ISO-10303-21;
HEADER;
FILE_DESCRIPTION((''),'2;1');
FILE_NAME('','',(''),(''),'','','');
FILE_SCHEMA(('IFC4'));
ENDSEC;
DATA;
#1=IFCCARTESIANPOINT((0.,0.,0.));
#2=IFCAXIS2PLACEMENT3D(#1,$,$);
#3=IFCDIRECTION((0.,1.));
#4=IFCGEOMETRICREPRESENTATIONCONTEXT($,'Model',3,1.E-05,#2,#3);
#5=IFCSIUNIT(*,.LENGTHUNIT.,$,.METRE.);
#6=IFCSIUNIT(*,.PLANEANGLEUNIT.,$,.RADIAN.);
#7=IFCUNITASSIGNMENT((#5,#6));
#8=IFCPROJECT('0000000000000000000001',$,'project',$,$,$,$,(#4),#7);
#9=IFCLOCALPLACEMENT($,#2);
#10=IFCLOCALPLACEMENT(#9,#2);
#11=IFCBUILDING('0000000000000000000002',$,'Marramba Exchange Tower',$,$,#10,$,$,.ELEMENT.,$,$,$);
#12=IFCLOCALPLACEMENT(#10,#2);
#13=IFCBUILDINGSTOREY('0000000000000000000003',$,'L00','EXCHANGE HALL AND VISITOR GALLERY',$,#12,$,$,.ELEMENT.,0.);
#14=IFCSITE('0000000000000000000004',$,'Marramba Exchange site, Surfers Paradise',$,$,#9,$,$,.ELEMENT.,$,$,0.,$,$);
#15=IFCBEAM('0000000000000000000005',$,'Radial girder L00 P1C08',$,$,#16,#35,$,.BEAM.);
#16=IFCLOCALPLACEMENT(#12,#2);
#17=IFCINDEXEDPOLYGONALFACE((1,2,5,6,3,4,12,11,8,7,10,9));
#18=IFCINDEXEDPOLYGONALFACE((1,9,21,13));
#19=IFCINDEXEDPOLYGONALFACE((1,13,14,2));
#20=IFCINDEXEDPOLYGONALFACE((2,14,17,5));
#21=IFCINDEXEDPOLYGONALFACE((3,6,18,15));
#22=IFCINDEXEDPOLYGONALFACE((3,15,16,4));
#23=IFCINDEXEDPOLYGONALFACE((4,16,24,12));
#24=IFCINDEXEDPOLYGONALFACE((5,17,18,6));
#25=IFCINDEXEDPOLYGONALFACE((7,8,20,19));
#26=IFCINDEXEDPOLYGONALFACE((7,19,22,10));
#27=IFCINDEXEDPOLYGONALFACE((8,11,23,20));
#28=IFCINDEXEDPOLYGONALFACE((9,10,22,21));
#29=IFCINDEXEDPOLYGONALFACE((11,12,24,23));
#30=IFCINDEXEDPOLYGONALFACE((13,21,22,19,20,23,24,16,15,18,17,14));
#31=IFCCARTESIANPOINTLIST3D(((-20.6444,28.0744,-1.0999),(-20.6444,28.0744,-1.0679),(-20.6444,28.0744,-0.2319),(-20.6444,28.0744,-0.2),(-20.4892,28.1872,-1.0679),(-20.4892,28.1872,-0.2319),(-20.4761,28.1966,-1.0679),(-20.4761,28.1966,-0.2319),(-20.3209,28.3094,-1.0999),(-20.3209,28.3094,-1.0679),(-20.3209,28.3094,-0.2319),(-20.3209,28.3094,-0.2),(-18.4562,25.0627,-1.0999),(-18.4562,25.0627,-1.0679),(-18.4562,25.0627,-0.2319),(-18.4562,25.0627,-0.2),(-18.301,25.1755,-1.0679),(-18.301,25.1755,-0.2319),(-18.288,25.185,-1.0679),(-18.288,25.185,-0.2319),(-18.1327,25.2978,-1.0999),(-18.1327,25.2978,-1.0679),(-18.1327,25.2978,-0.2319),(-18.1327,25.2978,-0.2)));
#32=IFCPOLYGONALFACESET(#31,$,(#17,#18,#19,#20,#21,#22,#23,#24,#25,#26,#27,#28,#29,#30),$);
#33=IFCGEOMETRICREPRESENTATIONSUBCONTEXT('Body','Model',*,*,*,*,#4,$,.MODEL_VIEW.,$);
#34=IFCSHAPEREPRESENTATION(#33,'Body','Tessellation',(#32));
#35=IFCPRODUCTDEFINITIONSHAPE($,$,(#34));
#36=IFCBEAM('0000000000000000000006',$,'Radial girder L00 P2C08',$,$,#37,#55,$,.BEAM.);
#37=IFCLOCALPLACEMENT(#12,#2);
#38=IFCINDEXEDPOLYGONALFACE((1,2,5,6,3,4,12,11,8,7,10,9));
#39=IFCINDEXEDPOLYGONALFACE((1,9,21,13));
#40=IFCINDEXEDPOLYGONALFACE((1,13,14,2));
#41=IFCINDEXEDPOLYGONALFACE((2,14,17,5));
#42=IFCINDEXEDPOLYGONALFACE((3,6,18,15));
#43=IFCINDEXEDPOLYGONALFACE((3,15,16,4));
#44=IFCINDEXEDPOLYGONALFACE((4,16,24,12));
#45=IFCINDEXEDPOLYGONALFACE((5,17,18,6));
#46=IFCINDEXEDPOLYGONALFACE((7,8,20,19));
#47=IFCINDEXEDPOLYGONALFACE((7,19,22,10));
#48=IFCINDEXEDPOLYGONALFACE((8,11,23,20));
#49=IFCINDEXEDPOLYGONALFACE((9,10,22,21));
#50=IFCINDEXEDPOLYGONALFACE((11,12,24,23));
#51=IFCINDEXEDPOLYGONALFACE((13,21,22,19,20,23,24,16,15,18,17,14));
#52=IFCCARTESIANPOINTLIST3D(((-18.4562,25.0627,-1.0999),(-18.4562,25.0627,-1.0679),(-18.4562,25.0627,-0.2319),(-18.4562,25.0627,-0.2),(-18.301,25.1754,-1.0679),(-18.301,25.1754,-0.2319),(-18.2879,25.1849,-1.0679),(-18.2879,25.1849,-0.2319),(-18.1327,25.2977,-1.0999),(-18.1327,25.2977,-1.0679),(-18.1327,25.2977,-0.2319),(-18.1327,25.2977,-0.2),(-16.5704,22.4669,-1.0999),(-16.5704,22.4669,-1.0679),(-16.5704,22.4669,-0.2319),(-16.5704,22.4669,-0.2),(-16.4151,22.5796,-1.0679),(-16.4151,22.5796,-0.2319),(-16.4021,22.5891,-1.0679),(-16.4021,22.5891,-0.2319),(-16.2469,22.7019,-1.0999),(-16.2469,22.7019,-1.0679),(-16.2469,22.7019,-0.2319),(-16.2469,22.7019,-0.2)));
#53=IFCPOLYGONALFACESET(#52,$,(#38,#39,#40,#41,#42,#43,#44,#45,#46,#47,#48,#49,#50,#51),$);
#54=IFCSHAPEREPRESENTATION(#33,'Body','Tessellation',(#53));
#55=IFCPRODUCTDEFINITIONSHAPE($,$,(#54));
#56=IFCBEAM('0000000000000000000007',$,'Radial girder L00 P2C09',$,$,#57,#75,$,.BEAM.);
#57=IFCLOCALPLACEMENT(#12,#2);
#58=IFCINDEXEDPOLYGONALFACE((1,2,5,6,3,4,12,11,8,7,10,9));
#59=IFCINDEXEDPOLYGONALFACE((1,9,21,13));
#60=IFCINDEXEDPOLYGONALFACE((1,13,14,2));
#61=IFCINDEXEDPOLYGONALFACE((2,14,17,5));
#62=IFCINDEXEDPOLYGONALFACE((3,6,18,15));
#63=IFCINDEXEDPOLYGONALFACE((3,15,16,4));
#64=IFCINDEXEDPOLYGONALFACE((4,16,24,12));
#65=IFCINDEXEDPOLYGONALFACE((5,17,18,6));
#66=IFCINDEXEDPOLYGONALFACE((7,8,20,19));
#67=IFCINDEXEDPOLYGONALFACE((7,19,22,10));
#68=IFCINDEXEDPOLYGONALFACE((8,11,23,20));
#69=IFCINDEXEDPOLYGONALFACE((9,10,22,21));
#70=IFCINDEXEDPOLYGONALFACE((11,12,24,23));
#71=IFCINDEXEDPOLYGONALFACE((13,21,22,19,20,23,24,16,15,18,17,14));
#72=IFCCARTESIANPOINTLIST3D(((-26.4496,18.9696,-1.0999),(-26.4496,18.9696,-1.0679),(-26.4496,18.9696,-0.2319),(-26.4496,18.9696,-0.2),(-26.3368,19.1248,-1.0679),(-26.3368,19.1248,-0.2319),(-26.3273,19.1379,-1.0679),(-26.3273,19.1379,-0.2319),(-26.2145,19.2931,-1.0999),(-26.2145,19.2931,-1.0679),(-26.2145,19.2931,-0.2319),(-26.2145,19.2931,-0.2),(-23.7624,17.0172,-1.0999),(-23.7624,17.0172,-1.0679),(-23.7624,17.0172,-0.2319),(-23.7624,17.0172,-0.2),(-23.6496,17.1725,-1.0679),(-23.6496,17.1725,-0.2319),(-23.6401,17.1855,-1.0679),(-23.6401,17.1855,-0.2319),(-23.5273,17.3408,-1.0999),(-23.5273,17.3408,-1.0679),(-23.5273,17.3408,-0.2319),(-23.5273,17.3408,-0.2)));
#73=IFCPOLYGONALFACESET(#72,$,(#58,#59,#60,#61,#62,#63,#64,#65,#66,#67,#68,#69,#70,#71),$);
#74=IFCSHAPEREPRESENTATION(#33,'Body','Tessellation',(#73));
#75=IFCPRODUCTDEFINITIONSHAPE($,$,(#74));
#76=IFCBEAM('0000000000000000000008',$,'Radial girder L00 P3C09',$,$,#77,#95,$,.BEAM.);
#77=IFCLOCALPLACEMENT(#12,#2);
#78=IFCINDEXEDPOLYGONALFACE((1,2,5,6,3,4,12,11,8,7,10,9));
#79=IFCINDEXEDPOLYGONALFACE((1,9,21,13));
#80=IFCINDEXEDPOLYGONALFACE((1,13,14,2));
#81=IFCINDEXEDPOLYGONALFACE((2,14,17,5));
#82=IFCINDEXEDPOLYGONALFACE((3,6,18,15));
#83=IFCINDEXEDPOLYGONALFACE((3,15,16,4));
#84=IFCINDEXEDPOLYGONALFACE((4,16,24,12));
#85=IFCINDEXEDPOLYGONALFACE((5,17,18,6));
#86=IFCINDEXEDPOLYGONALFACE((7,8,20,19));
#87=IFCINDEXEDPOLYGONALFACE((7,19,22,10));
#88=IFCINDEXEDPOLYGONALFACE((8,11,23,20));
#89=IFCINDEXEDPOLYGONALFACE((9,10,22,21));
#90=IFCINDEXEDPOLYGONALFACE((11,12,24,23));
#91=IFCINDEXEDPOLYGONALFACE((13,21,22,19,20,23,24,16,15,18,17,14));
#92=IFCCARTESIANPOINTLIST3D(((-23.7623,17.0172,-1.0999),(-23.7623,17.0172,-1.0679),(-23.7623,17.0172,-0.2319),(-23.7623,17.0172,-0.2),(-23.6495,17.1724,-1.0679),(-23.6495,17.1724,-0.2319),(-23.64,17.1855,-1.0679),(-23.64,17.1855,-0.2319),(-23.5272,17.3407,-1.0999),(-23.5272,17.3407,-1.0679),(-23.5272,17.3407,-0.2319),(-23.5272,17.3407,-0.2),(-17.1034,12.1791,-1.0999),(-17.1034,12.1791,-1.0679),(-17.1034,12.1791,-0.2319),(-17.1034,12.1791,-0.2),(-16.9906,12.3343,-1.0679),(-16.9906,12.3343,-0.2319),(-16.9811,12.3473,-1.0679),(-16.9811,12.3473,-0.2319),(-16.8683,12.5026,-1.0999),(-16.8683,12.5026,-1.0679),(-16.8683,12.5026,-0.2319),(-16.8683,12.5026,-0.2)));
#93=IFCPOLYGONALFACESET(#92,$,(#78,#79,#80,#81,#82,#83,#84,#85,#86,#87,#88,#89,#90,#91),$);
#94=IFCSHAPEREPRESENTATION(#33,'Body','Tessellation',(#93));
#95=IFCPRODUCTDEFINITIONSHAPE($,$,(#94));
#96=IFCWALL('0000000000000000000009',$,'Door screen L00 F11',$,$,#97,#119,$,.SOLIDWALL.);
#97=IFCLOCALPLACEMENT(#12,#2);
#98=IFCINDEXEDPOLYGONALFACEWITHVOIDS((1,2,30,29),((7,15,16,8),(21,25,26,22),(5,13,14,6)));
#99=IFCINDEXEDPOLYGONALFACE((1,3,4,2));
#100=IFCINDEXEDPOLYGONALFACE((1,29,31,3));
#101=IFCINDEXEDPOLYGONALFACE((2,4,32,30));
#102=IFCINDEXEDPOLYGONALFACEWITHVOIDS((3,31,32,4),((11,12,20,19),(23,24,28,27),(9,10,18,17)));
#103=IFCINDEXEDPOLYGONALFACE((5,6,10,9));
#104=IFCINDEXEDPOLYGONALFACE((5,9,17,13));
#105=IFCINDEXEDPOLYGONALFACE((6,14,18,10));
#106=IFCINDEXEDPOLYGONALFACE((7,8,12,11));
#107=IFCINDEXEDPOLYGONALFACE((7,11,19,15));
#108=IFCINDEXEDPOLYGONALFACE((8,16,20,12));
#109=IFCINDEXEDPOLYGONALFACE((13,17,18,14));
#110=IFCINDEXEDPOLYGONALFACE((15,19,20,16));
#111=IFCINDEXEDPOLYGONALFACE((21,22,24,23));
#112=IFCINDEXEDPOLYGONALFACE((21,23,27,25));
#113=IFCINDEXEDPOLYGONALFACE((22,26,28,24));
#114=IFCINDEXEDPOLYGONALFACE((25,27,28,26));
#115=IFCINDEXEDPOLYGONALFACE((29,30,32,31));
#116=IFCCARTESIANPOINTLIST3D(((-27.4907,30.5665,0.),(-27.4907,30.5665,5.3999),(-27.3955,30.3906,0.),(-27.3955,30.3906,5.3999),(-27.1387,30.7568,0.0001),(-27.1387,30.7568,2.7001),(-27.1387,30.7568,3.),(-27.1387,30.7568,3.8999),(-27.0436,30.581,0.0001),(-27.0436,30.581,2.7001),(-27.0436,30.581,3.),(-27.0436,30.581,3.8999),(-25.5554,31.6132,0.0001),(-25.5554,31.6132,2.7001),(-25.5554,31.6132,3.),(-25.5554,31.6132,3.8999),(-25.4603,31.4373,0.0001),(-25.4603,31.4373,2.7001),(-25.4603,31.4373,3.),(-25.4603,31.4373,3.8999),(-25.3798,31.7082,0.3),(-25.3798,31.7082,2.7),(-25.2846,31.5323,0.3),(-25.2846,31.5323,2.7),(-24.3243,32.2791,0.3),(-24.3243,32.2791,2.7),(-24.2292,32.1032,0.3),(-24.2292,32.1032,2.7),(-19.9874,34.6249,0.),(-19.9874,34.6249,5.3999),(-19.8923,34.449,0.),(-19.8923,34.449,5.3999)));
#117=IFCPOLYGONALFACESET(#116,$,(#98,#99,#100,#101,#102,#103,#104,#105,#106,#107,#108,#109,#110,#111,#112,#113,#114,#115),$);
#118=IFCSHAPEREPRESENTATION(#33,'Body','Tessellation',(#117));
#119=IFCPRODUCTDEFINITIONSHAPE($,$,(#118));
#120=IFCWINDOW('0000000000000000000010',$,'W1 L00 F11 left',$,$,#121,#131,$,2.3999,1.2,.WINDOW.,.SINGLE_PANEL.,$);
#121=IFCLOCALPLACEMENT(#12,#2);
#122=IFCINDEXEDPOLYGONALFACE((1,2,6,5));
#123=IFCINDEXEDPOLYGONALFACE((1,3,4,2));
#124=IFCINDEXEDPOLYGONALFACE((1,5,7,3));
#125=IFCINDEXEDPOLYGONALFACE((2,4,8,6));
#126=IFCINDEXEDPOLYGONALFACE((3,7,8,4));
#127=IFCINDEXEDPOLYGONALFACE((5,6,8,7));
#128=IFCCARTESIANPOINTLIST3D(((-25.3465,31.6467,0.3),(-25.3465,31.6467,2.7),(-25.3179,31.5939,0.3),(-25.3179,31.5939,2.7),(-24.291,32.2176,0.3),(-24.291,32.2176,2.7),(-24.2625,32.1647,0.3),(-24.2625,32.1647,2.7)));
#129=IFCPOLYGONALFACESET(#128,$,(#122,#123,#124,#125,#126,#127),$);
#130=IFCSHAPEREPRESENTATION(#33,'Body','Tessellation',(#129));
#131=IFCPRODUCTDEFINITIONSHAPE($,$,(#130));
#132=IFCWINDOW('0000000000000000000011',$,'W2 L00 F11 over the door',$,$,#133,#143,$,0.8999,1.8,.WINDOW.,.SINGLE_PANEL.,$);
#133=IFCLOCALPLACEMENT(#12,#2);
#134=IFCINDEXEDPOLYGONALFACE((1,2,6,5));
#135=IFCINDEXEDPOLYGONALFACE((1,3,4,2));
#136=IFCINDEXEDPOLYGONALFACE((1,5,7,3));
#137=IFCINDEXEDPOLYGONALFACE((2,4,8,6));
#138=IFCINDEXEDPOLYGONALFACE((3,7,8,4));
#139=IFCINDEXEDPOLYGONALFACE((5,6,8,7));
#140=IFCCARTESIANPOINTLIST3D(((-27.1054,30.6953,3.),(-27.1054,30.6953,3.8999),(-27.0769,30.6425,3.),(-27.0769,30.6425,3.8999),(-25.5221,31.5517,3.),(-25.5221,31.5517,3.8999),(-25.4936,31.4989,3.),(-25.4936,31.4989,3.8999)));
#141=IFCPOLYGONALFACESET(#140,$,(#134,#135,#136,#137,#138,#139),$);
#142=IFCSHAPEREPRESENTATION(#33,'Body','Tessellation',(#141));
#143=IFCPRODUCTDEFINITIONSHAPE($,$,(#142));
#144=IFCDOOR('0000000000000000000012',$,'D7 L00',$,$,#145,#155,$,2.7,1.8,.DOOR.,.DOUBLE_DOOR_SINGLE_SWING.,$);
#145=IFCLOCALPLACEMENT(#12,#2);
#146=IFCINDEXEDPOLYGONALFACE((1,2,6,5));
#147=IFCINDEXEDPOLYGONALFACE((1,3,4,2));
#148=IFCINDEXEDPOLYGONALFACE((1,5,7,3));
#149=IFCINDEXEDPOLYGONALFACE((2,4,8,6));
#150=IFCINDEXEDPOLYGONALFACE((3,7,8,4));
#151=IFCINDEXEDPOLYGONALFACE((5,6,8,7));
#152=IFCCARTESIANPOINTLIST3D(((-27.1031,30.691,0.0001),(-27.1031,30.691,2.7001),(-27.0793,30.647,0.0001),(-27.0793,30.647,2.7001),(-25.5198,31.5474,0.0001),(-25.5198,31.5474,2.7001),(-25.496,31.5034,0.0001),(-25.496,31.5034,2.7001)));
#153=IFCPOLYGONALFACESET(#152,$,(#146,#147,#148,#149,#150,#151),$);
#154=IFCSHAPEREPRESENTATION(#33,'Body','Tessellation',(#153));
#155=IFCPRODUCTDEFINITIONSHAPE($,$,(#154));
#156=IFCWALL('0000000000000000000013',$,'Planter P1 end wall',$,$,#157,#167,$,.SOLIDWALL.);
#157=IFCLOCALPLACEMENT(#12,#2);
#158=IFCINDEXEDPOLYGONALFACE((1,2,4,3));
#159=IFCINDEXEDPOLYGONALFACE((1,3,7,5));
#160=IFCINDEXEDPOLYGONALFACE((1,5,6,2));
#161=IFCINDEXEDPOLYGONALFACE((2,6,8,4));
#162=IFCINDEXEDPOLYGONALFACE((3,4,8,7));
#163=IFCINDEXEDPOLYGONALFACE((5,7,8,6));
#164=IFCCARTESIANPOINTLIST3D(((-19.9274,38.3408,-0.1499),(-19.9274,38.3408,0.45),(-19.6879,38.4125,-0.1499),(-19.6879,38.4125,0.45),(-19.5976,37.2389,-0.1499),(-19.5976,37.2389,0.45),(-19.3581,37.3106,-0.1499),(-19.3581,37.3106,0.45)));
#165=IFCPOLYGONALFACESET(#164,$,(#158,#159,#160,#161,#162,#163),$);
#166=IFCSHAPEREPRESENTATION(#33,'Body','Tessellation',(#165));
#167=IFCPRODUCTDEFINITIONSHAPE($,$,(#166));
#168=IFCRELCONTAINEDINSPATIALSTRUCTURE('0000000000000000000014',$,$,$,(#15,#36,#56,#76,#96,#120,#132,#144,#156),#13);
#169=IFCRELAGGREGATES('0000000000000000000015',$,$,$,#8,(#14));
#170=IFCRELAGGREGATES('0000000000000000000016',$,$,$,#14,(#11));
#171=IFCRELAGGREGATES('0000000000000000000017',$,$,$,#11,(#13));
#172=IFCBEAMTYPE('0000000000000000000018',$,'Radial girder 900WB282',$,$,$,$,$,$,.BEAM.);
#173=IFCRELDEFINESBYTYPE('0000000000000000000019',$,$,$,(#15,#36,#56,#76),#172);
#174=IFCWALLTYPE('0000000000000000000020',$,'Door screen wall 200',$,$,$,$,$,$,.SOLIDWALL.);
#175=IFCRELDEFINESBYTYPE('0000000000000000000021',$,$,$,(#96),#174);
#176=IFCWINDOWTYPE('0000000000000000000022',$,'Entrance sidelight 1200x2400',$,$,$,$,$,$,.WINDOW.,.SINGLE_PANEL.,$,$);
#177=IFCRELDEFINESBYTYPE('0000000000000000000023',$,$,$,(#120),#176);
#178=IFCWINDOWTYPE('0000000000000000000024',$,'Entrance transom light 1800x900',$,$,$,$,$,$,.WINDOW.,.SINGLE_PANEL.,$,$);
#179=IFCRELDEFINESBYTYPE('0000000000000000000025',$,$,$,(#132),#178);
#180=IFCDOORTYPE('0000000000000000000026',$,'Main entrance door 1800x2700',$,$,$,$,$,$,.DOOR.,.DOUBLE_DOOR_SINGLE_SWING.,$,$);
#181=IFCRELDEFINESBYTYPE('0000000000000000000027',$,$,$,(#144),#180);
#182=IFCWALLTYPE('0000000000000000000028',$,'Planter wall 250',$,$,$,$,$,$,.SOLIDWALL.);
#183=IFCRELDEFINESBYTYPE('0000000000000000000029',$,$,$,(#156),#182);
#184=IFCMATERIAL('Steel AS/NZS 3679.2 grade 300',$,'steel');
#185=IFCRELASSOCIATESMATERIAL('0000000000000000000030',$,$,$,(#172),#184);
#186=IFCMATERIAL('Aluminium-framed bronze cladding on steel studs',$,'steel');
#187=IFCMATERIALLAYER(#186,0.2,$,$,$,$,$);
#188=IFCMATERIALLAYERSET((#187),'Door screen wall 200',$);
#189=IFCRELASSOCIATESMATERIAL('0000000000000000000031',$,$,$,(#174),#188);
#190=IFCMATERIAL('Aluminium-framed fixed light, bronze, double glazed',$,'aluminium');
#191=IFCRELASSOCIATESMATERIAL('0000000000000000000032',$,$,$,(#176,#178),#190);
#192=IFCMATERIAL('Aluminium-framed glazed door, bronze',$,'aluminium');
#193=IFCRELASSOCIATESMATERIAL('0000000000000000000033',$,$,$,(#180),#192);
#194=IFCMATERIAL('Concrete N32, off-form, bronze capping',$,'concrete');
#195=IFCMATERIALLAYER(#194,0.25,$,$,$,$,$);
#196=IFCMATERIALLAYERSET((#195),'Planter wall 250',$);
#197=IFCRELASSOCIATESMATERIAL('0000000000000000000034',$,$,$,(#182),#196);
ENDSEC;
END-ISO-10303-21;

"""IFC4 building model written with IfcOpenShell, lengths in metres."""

from ifc_helpers import new_model, si_unit, direction, frame, frame_2d, origin, origin_2d, place, context, subcontext, project, spatial, rectangle, i_section, extrude, material, layer, layer_set, material_profile, profile_set, type_object, element, fill, save


model = new_model("IFC4")

# Units and contexts
model_context = context("Model", 3, precision=1e-05, world=origin(), true_north=direction((0.0, 1.0)))
body_context = subcontext(model_context, "Body", "Model", "MODEL_VIEW")
ifc_project = project(units=[si_unit("LENGTHUNIT", "METRE"), si_unit("PLANEANGLEUNIT", "RADIAN")], contexts=[model_context])

# Site, building, storey
site_placement = place(None, origin())
site = spatial("IfcSite", under=ifc_project, at=site_placement, Name="Marramba Exchange site, Surfers Paradise", CompositionType="ELEMENT", RefElevation=0.0)
building_placement = place(site_placement, origin())
building = spatial("IfcBuilding", under=site, at=building_placement, Name="Marramba Exchange Tower", CompositionType="ELEMENT")
storey_placement = place(building_placement, origin())
storey = spatial("IfcBuildingStorey", under=building, at=storey_placement, Name="L00", Description="EXCHANGE HALL AND VISITOR GALLERY", CompositionType="ELEMENT", Elevation=0.0)

# Beams
ifc_material_1 = material(Name="Steel AS/NZS 3679.2 grade 300", Category="steel")
ifc_material_profile_1 = material_profile(ifc_material_1, i_section(OverallWidth=0.3999, OverallDepth=0.8999, WebThickness=0.0161, FlangeThickness=0.032, at=origin_2d()), Name="900WB282")
ifc_profile_set_1 = profile_set([ifc_material_profile_1], Name="Steel AS/NZS 3679.2 grade 300")
beam_type_1 = type_object("IfcBeamType", Name="Radial girder 900WB282", PredefinedType="BEAM", material=ifc_profile_set_1)
beam_1_placement = place(storey_placement, frame((-20.4827, 28.1919, -0.6499), z_axis=(0.587801, -0.809005, 0.0), x_axis=(0.809005, 0.587801, 0.0)))
element("IfcBeam", 1, at=beam_1_placement, inside=storey, type_object=beam_type_1, Name="Radial girder L00 P1C08", PredefinedType="BEAM", context=body_context, shape_type="SweptSolid", body=[
    extrude(i_section(OverallWidth=0.3999, OverallDepth=0.8999, WebThickness=0.0161, FlangeThickness=0.032, at=origin_2d()), origin(), (0.0, 0.0, 1.0), 3.7227),
])
beam_2_placement = place(storey_placement, frame((-18.2944, 25.1802, -0.6499), z_axis=(0.587755, -0.809039, 0.0), x_axis=(0.809039, 0.587755, 0.0)))
element("IfcBeam", 2, at=beam_2_placement, inside=storey, type_object=beam_type_1, Name="Radial girder L00 P2C08", PredefinedType="BEAM", context=body_context, shape_type="SweptSolid", body=[
    extrude(i_section(OverallWidth=0.3999, OverallDepth=0.8999, WebThickness=0.0161, FlangeThickness=0.032, at=origin_2d()), origin(), (0.0, 0.0, 1.0), 3.2085),
])
beam_3_placement = place(storey_placement, frame((-26.332, 19.1313, -0.6499), z_axis=(0.809019, -0.587783, 0.0), x_axis=(0.587783, 0.809019, 0.0)))
element("IfcBeam", 3, at=beam_3_placement, inside=storey, type_object=beam_type_1, Name="Radial girder L00 P2C09", PredefinedType="BEAM", context=body_context, shape_type="SweptSolid", body=[
    extrude(i_section(OverallWidth=0.3999, OverallDepth=0.8999, WebThickness=0.0161, FlangeThickness=0.032, at=origin_2d()), origin(), (0.0, 0.0, 1.0), 3.3215),
])
beam_4_placement = place(storey_placement, frame((-23.6448, 17.179, -0.6499), z_axis=(0.809009, -0.587796, 0.0), x_axis=(0.587796, 0.809009, 0.0)))
element("IfcBeam", 4, at=beam_4_placement, inside=storey, type_object=beam_type_1, Name="Radial girder L00 P3C09", PredefinedType="BEAM", context=body_context, shape_type="SweptSolid", body=[
    extrude(i_section(OverallWidth=0.3999, OverallDepth=0.8999, WebThickness=0.0161, FlangeThickness=0.032, at=origin_2d()), origin(), (0.0, 0.0, 1.0), 8.231),
])

# Wall, openings, windows, door
ifc_material_2 = material(Name="Aluminium-framed bronze cladding on steel studs", Category="steel")
ifc_layer_1 = layer(ifc_material_2, 0.2)
ifc_layer_set_1 = layer_set([ifc_layer_1], Name="Door screen wall 200")
wall_type_1 = type_object("IfcWallType", Name="Door screen wall 200", PredefinedType="SOLIDWALL", material=ifc_layer_set_1)
wall_1_placement = place(storey_placement, frame((-19.9399, 34.5369, 0.0), z_axis=(0.0, 0.0, 1.0), x_axis=(-0.87958, -0.475751, 0.0)))
wall_1 = element("IfcWall", 5, at=wall_1_placement, inside=storey, type_object=wall_type_1, Name="Door screen L00 F11", PredefinedType="SOLIDWALL", context=body_context, shape_type="SweptSolid", body=[
    extrude(rectangle(XDim=8.5305, YDim=0.2, at=frame_2d((4.2651, 0.0))), origin(), (0.0, 0.0, 1.0), 5.3999),
])
opening_1_placement = place(wall_1_placement, frame((6.3303, 0.0, 0.0)))
opening_1 = element("IfcOpeningElement", 6, at=opening_1_placement, cuts=wall_1, PredefinedType="OPENING", context=body_context, shape_type="SweptSolid", body=[
    extrude(rectangle(XDim=1.8, YDim=2.7, at=frame_2d((0.8999, 1.3501))), frame((0.0, 0.1099, 0.0), z_axis=(0.0, -1.0, 0.0), x_axis=(1.0, 0.0, 0.0)), (0.0, 0.0, 1.0), 0.22),
])
opening_2_placement = place(wall_1_placement, frame((4.9304, 0.0, 0.3)))
opening_2 = element("IfcOpeningElement", 7, at=opening_2_placement, cuts=wall_1, PredefinedType="OPENING", context=body_context, shape_type="SweptSolid", body=[
    extrude(rectangle(XDim=1.2, YDim=2.3999, at=frame_2d((0.6001, 1.2))), frame((0.0, 0.1099, 0.0), z_axis=(0.0, -1.0, 0.0), x_axis=(1.0, 0.0, 0.0)), (0.0, 0.0, 1.0), 0.22),
])
opening_3_placement = place(wall_1_placement, frame((6.3303, 0.0, 3.0)))
opening_3 = element("IfcOpeningElement", 8, at=opening_3_placement, cuts=wall_1, PredefinedType="OPENING", context=body_context, shape_type="SweptSolid", body=[
    extrude(rectangle(XDim=1.8, YDim=0.8999, at=frame_2d((0.8999, 0.45))), frame((0.0, 0.1099, 0.0), z_axis=(0.0, -1.0, 0.0), x_axis=(1.0, 0.0, 0.0)), (0.0, 0.0, 1.0), 0.22),
])
ifc_material_3 = material(Name="Aluminium-framed fixed light, bronze, double glazed", Category="aluminium")
window_type_1 = type_object("IfcWindowType", Name="Entrance sidelight 1200x2400", PartitioningType="SINGLE_PANEL", PredefinedType="WINDOW", material=ifc_material_3)
window_1_placement = place(opening_2_placement, origin())
window_1 = element("IfcWindow", 9, at=window_1_placement, inside=storey, type_object=window_type_1, Name="W1 L00 F11 left", OverallHeight=2.3999, OverallWidth=1.2, PartitioningType="SINGLE_PANEL", PredefinedType="WINDOW", context=body_context, shape_type="SweptSolid", body=[
    extrude(rectangle(XDim=1.2, YDim=2.3999, at=frame_2d((0.6001, 1.2))), frame((0.0, 0.03, 0.0), z_axis=(0.0, -1.0, 0.0), x_axis=(1.0, 0.0, 0.0)), (0.0, 0.0, 1.0), 0.0601),
])
fill(opening_2, window_1)
window_type_2 = type_object("IfcWindowType", Name="Entrance transom light 1800x900", PartitioningType="SINGLE_PANEL", PredefinedType="WINDOW", material=ifc_material_3)
window_2_placement = place(opening_3_placement, origin())
window_2 = element("IfcWindow", 10, at=window_2_placement, inside=storey, type_object=window_type_2, Name="W2 L00 F11 over the door", OverallHeight=0.8999, OverallWidth=1.8, PartitioningType="SINGLE_PANEL", PredefinedType="WINDOW", context=body_context, shape_type="SweptSolid", body=[
    extrude(rectangle(XDim=1.8, YDim=0.8999, at=frame_2d((0.8999, 0.45))), frame((0.0, 0.03, 0.0), z_axis=(0.0, -1.0, 0.0), x_axis=(1.0, 0.0, 0.0)), (0.0, 0.0, 1.0), 0.0601),
])
fill(opening_3, window_2)
ifc_material_4 = material(Name="Aluminium-framed glazed door, bronze", Category="aluminium")
door_type = type_object("IfcDoorType", Name="Main entrance door 1800x2700", OperationType="DOUBLE_DOOR_SINGLE_SWING", PredefinedType="DOOR", material=ifc_material_4)
door_placement = place(opening_1_placement, frame((1.8, 0.0, 0.0), z_axis=(0.0, 0.0, 1.0), x_axis=(-1.0, 0.0, 0.0)))
door = element("IfcDoor", 11, at=door_placement, inside=storey, type_object=door_type, Name="D7 L00", OperationType="DOUBLE_DOOR_SINGLE_SWING", OverallHeight=2.7, OverallWidth=1.8, PredefinedType="DOOR", context=body_context, shape_type="SweptSolid", body=[
    extrude(rectangle(XDim=1.8, YDim=2.7, at=frame_2d((0.9001, 1.3501))), frame((0.0, 0.0251, 0.0), z_axis=(0.0, -1.0, 0.0), x_axis=(1.0, 0.0, 0.0)), (0.0, 0.0, 1.0), 0.05),
])
fill(opening_1, door)

# Wall
ifc_material_5 = material(Name="Concrete N32, off-form, bronze capping", Category="concrete")
ifc_layer_2 = layer(ifc_material_5, 0.25)
ifc_layer_set_2 = layer_set([ifc_layer_2], Name="Planter wall 250")
wall_type_2 = type_object("IfcWallType", Name="Planter wall 250", PredefinedType="SOLIDWALL", material=ifc_layer_set_2)
wall_2_placement = place(storey_placement, frame((-19.4778, 37.2747, -0.1499), z_axis=(0.0, 0.0, 1.0), x_axis=(-0.286783, 0.957996, 0.0)))
element("IfcWall", 12, at=wall_2_placement, inside=storey, type_object=wall_type_2, Name="Planter P1 end wall", PredefinedType="SOLIDWALL", context=body_context, shape_type="SweptSolid", body=[
    extrude(rectangle(XDim=1.1501, YDim=0.25, at=frame_2d((0.5752, 0.0))), origin(), (0.0, 0.0, 1.0), 0.5999),
])

save(model, "model.ifc")
